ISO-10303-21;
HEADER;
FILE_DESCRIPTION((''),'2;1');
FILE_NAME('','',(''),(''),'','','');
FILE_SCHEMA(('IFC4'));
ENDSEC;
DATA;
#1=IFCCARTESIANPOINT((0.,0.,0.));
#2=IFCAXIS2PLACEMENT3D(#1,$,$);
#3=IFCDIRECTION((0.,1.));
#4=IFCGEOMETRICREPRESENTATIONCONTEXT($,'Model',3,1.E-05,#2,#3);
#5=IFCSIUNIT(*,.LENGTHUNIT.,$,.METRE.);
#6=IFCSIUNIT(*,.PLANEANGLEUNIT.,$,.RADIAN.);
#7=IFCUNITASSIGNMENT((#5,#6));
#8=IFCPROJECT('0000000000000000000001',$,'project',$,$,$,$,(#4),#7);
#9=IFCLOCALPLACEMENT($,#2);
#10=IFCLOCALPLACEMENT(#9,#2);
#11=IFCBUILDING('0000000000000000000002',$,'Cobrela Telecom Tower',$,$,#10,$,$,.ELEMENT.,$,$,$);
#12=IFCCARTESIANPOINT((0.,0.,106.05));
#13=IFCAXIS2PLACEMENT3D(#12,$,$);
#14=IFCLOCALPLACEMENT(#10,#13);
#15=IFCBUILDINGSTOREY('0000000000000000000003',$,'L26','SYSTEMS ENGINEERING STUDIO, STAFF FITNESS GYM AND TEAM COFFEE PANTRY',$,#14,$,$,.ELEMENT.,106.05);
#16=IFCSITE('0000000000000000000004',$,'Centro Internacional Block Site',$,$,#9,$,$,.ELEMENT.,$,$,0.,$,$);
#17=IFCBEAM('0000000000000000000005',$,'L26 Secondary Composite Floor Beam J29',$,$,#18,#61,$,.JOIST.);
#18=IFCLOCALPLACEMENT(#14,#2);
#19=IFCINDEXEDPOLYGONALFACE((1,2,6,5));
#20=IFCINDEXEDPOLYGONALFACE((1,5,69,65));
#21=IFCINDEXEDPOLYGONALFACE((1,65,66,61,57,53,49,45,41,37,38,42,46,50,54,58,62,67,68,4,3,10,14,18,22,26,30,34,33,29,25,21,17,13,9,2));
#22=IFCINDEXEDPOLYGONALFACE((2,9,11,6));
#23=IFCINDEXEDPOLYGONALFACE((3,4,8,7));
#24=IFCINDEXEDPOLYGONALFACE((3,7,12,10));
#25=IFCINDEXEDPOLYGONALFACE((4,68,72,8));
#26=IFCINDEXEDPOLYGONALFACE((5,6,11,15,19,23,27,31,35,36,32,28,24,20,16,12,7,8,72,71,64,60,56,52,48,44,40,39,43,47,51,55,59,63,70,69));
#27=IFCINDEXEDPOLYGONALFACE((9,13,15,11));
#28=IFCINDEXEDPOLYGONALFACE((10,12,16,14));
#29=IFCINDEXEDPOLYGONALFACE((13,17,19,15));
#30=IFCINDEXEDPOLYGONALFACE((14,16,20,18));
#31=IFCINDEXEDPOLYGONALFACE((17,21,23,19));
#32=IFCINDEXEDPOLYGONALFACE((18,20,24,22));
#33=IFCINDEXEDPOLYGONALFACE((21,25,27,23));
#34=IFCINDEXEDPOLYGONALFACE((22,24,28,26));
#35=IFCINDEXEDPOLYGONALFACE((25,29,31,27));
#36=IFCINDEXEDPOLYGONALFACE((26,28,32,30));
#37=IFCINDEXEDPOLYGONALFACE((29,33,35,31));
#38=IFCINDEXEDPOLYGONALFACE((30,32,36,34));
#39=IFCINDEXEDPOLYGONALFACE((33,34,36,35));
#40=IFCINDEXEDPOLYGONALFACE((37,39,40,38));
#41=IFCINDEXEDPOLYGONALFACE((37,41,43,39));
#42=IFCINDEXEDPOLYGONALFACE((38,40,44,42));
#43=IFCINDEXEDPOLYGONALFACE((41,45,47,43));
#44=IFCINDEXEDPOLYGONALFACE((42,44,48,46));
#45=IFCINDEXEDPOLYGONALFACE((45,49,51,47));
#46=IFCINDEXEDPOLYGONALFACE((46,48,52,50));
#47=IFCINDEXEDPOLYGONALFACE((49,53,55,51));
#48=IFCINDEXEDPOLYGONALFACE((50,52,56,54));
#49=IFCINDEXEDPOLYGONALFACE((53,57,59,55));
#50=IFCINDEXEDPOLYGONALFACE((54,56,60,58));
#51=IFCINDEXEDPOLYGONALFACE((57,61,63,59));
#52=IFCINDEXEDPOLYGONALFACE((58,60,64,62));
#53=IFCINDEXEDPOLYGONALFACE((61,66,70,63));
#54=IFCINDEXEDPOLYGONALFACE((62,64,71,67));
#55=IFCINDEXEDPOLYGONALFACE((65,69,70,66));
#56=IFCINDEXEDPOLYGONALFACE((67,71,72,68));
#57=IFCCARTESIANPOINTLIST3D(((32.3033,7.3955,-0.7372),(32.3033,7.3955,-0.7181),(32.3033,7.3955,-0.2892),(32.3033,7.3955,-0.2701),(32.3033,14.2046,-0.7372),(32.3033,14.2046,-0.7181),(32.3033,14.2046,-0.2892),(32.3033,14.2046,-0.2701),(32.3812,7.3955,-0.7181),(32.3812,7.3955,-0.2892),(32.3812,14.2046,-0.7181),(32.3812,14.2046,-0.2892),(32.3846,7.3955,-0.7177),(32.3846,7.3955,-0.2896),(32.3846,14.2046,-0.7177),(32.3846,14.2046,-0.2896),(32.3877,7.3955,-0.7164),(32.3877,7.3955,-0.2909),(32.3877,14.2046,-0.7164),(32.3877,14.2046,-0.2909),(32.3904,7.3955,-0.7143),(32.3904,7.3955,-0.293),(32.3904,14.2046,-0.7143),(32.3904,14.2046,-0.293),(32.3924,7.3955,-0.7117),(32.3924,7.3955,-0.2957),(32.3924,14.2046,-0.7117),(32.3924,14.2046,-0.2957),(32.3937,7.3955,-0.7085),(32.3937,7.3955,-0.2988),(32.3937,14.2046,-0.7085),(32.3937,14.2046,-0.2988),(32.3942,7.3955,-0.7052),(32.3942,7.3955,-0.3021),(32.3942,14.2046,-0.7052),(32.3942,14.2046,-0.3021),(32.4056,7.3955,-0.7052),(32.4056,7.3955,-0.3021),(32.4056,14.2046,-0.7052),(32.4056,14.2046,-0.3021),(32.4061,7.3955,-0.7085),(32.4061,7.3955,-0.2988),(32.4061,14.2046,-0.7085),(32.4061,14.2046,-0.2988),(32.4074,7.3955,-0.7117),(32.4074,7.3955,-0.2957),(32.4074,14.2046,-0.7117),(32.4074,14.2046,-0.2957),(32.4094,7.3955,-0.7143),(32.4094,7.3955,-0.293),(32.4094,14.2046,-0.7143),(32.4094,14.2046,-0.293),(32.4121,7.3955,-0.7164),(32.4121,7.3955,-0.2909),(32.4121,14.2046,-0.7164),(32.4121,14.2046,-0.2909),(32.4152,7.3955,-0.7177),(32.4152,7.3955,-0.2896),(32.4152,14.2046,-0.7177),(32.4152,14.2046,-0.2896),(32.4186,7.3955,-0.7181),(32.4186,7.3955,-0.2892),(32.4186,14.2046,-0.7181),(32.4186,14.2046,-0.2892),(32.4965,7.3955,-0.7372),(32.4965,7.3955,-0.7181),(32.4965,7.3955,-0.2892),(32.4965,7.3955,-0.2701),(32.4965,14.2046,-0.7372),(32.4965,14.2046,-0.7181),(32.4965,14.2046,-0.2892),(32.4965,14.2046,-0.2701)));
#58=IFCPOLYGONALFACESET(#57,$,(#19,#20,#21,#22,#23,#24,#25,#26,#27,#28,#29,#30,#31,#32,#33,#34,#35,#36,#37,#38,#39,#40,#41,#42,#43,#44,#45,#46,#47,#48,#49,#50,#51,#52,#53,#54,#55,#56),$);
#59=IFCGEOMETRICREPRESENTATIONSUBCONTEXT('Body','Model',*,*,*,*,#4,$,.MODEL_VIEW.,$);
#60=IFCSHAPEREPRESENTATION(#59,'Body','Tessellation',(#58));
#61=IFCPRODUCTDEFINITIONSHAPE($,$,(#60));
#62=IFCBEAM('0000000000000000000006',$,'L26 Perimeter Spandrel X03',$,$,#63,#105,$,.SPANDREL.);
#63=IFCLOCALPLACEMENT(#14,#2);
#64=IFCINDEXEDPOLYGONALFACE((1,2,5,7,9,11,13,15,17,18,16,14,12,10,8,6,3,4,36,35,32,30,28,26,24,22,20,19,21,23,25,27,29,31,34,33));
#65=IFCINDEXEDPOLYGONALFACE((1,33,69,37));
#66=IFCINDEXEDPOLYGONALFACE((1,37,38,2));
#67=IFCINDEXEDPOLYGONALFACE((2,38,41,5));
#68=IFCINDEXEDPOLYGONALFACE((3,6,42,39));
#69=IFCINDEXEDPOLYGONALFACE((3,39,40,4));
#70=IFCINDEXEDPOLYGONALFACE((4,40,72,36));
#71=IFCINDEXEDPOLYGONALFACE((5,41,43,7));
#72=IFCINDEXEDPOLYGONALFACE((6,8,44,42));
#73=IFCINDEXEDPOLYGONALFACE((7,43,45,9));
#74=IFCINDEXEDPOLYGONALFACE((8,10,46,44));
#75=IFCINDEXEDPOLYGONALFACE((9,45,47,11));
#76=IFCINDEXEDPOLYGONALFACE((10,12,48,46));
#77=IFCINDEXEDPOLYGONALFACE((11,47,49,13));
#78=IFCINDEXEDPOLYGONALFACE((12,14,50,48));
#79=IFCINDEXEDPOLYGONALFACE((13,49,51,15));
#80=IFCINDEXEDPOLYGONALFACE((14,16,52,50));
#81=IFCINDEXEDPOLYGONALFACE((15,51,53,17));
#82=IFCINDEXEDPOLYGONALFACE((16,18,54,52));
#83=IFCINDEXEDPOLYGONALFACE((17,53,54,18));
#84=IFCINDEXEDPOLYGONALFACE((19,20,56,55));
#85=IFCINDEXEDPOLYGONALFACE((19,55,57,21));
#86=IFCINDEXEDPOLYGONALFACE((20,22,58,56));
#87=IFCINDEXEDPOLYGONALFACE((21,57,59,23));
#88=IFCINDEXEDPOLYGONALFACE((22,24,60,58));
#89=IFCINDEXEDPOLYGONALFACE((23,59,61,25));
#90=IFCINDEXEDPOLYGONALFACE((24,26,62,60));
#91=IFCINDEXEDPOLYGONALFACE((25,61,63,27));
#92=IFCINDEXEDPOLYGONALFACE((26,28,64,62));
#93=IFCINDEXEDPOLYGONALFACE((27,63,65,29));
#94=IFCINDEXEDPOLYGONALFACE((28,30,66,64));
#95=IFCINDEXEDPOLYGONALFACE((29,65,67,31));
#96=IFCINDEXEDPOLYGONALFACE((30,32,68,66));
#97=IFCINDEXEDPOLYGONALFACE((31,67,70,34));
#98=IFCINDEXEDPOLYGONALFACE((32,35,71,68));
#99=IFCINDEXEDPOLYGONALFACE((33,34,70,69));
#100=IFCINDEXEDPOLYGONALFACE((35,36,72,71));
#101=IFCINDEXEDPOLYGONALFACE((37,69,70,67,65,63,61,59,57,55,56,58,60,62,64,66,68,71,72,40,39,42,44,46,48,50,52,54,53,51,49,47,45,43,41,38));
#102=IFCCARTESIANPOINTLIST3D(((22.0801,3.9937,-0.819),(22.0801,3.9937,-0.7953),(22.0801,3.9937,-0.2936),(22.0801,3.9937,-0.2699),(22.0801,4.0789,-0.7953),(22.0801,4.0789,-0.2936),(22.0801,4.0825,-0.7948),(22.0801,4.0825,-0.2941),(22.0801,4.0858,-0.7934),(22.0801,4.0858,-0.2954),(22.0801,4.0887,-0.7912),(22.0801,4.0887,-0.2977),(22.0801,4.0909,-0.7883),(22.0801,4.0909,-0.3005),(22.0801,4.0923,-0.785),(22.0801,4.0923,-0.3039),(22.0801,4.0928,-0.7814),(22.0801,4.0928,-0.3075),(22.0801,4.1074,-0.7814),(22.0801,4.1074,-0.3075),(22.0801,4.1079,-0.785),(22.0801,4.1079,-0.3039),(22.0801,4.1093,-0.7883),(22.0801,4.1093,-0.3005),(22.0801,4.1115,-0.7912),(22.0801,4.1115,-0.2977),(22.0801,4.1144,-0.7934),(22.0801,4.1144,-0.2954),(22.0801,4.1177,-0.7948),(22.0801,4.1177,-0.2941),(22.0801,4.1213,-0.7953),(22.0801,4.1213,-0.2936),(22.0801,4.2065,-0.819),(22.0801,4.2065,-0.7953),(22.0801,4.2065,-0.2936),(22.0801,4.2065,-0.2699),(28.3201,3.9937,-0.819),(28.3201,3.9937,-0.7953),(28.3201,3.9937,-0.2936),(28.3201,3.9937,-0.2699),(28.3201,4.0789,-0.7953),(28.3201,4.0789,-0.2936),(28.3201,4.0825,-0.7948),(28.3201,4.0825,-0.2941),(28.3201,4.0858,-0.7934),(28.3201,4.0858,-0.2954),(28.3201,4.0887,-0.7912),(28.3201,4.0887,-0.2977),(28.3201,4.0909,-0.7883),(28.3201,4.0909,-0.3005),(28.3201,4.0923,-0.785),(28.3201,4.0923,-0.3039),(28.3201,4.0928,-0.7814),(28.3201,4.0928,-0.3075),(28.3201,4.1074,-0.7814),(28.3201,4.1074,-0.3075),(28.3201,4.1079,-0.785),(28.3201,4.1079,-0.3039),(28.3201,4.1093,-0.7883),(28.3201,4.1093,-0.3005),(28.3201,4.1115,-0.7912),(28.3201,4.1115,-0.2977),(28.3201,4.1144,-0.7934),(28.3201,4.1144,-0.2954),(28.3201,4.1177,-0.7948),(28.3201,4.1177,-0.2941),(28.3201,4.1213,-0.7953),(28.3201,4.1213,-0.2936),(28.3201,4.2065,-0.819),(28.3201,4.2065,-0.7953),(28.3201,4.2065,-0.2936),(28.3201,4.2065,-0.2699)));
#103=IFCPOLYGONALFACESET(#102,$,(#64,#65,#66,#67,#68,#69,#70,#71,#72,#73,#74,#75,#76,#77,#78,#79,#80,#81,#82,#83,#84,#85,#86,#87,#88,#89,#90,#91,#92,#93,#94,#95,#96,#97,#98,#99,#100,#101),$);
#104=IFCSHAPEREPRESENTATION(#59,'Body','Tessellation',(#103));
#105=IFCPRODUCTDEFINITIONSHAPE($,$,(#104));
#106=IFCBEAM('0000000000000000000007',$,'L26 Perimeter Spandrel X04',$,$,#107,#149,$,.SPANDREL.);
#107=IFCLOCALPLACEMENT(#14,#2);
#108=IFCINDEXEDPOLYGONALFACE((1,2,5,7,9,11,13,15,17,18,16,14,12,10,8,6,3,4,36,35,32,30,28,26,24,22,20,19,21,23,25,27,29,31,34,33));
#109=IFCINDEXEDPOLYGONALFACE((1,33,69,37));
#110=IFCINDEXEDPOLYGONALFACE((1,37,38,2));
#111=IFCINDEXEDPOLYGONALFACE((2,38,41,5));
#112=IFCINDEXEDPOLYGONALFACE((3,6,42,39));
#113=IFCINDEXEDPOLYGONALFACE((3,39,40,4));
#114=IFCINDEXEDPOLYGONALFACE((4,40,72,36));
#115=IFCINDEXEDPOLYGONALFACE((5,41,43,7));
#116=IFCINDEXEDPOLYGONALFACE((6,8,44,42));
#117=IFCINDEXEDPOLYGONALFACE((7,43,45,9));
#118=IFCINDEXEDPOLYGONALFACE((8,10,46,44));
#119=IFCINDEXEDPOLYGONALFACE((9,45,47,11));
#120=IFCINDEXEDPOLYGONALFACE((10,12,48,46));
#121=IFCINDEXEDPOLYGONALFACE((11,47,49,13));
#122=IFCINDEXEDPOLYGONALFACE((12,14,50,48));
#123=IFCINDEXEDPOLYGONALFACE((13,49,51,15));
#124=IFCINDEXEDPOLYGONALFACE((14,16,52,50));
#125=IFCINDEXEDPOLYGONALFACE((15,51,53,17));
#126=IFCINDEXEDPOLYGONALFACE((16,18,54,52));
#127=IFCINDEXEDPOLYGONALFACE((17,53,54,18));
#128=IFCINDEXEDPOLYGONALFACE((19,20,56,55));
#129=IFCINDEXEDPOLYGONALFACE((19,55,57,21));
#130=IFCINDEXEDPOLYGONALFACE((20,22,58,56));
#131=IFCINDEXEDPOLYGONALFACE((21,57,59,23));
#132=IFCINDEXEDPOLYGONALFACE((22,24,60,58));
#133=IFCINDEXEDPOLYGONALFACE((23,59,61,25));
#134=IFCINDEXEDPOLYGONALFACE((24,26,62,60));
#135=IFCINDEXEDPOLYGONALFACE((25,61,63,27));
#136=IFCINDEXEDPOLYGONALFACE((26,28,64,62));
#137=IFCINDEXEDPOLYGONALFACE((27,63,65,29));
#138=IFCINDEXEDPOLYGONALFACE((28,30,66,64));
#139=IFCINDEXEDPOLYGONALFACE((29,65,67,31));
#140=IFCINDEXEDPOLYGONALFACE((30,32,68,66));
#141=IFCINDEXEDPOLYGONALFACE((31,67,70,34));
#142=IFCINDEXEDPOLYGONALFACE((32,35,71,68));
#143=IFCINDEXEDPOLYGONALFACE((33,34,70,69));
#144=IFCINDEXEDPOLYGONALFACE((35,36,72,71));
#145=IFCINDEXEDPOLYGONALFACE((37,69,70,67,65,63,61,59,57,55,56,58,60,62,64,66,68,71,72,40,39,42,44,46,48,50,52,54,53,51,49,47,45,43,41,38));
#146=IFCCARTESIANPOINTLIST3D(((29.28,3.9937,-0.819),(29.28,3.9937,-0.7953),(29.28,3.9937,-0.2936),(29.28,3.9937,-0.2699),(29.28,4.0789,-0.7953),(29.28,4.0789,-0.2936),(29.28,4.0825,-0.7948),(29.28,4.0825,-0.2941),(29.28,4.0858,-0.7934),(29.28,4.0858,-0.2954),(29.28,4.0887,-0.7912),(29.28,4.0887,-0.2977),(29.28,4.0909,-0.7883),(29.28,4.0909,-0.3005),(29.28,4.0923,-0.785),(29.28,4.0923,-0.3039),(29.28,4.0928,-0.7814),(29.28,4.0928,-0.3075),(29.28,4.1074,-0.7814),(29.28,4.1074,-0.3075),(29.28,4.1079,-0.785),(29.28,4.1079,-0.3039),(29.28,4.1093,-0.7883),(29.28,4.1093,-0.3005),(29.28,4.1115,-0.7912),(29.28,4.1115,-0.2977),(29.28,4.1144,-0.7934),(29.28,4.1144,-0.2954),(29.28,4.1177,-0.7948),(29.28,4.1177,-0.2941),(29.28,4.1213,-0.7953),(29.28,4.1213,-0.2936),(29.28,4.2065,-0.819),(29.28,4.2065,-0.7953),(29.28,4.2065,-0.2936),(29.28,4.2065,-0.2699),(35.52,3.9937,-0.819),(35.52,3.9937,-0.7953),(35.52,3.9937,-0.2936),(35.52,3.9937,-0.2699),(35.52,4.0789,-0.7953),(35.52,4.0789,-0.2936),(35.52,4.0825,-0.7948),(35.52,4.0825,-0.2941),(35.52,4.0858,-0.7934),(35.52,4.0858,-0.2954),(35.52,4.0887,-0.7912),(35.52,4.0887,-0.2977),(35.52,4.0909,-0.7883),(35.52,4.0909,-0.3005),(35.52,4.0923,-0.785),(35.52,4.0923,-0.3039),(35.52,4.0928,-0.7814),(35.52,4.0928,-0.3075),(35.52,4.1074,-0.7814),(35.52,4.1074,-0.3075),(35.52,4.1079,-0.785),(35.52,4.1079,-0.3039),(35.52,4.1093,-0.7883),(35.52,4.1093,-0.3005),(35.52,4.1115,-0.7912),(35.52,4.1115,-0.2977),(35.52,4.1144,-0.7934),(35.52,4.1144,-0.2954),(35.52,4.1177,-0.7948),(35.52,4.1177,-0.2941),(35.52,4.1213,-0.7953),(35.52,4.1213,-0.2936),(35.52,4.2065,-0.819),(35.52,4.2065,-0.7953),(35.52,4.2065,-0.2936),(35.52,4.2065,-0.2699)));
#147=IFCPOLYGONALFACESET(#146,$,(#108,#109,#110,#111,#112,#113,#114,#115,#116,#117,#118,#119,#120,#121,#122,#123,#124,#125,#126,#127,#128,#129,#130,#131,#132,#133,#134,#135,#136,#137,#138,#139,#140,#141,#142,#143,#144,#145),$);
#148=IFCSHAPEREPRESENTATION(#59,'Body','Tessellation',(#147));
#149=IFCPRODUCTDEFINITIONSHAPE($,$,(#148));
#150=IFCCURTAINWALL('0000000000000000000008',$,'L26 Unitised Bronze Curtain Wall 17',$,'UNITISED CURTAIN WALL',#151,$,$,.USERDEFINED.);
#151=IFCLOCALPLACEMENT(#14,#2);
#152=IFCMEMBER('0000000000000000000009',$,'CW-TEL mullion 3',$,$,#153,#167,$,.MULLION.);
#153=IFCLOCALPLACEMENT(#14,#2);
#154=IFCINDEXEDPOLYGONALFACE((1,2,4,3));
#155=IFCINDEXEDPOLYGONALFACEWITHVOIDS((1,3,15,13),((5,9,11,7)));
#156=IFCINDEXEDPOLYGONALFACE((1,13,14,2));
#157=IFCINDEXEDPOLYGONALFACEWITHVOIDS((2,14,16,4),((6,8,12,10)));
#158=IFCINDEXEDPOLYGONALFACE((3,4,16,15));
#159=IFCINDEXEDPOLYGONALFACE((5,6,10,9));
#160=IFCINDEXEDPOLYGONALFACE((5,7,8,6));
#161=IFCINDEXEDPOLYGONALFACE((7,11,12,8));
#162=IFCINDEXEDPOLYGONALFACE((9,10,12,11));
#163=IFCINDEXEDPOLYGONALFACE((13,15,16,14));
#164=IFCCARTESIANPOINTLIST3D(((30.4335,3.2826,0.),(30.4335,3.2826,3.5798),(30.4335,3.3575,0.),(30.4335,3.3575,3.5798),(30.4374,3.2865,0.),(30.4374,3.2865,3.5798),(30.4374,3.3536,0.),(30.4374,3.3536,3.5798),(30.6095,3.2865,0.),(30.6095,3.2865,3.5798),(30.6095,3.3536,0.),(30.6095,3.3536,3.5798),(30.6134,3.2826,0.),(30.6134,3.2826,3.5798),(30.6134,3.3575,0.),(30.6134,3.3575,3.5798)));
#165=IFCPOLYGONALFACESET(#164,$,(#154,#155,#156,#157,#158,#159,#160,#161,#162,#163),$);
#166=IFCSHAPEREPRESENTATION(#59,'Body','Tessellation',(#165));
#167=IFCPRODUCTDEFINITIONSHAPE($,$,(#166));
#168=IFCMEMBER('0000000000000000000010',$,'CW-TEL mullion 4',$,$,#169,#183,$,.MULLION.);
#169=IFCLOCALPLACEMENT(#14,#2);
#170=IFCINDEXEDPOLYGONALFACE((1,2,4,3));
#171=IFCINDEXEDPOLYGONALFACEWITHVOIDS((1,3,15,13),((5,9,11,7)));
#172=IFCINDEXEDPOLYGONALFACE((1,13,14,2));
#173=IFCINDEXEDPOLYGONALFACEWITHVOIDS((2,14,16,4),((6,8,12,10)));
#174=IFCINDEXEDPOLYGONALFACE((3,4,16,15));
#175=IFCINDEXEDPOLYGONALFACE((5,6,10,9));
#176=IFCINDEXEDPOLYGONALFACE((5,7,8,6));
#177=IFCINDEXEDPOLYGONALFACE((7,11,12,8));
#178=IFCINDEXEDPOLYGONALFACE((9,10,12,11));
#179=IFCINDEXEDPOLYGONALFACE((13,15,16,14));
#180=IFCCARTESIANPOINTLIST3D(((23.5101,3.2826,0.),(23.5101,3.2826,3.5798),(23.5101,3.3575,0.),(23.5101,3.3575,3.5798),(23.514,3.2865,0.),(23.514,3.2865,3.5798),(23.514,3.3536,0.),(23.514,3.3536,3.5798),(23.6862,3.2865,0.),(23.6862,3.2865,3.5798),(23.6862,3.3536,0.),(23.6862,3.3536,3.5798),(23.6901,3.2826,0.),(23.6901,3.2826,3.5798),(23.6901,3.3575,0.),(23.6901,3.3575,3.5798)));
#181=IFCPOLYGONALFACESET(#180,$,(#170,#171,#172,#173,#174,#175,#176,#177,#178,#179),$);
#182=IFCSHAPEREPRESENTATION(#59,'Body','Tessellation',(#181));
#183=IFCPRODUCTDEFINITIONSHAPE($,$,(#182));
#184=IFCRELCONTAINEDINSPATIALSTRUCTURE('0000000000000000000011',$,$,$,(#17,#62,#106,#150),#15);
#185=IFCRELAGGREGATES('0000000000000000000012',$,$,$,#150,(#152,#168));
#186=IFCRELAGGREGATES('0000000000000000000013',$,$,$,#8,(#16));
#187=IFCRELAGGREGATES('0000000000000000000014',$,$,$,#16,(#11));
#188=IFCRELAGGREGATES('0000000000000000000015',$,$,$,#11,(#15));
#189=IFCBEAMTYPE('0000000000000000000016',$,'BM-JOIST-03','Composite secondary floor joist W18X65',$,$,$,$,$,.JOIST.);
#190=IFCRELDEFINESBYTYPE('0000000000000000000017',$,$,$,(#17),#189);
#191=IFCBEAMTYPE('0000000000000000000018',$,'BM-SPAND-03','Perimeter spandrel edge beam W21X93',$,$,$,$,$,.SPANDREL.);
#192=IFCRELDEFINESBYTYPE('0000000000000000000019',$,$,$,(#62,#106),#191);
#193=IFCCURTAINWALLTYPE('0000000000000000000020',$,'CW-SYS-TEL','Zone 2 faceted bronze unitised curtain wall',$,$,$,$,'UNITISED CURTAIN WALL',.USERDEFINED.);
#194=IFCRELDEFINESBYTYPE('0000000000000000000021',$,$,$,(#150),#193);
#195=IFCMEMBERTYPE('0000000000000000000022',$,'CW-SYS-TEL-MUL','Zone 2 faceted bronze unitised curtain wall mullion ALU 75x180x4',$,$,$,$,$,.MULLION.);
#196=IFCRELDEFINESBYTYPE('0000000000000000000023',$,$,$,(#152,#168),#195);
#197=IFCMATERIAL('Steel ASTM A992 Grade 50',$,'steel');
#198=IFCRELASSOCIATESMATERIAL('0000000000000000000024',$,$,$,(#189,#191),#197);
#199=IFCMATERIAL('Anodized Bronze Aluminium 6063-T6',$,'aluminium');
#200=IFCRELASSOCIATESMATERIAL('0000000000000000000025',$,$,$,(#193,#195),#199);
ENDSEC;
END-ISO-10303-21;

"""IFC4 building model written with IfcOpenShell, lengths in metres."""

from ifc_helpers import new_model, si_unit, direction, frame, origin, origin_2d, place, context, subcontext, project, spatial, hollow_rectangle, i_section, extrude, material, material_profile, profile_set, type_object, element, aggregate, save


model = new_model("IFC4")

# Units and contexts
model_context = context("Model", 3, precision=1e-05, world=origin(), true_north=direction((0.0, 1.0)))
body_context = subcontext(model_context, "Body", "Model", "MODEL_VIEW")
ifc_project = project(units=[si_unit("LENGTHUNIT", "METRE"), si_unit("PLANEANGLEUNIT", "RADIAN")], contexts=[model_context])

# Site, building, storey
site_placement = place(None, origin())
site = spatial("IfcSite", under=ifc_project, at=site_placement, Name="Centro Internacional Block Site", CompositionType="ELEMENT", RefElevation=0.0)
building_placement = place(site_placement, origin())
building = spatial("IfcBuilding", under=site, at=building_placement, Name="Cobrela Telecom Tower", CompositionType="ELEMENT")
storey_placement = place(building_placement, frame((0.0, 0.0, 106.05)))
storey = spatial("IfcBuildingStorey", under=building, at=storey_placement, Name="L26", Description="SYSTEMS ENGINEERING STUDIO, STAFF FITNESS GYM AND TEAM COFFEE PANTRY", CompositionType="ELEMENT", Elevation=106.05)

# Shared definitions
ifc_material_1 = material(Name="Steel ASTM A992 Grade 50", Category="steel")

# Beams
ifc_material_profile_1 = material_profile(ifc_material_1, i_section(OverallWidth=0.1931, OverallDepth=0.467, WebThickness=0.0115, FlangeThickness=0.019, FilletRadius=0.0129, at=origin_2d()), Name="W18X65")
ifc_profile_set_1 = profile_set([ifc_material_profile_1], Name="Steel ASTM A992 Grade 50")
beam_type_1 = type_object("IfcBeamType", Name="BM-JOIST-03", Description="Composite secondary floor joist W18X65", PredefinedType="JOIST", material=ifc_profile_set_1)
for number, where, z_axis, x_axis, name in (
    (1, (32.3999, 7.3955, -0.5037), (0.0, 1.0, 0.0), (-1.0, 0.0, 0.0), "L26 Secondary Composite Floor Beam J29"),
):
    element("IfcBeam", number, at=place(storey_placement, frame(where, z_axis=z_axis, x_axis=x_axis)), inside=storey, type_object=beam_type_1, Name=name, PredefinedType="JOIST", context=body_context, shape_type="SweptSolid", body=[
        extrude(i_section(OverallWidth=0.1931, OverallDepth=0.467, WebThickness=0.0115, FlangeThickness=0.019, FilletRadius=0.0129, at=origin_2d()), origin(), (0.0, 0.0, 1.0), 6.8091),
    ])
ifc_material_profile_2 = material_profile(ifc_material_1, i_section(OverallWidth=0.2129, OverallDepth=0.5491, WebThickness=0.0146, FlangeThickness=0.0237, FilletRadius=0.0139, at=origin_2d()), Name="W21X93")
ifc_profile_set_2 = profile_set([ifc_material_profile_2], Name="Steel ASTM A992 Grade 50")
beam_type_2 = type_object("IfcBeamType", Name="BM-SPAND-03", Description="Perimeter spandrel edge beam W21X93", PredefinedType="SPANDREL", material=ifc_profile_set_2)
for number, where, z_axis, x_axis, name in (
    (2, (22.0801, 4.1001, -0.5444), (1.0, 0.0, 0.0), (0.0, 1.0, 0.0), "L26 Perimeter Spandrel X03"),
    (3, (29.28, 4.1001, -0.5444), (1.0, 0.0, 0.0), (0.0, 1.0, 0.0), "L26 Perimeter Spandrel X04"),
):
    element("IfcBeam", number, at=place(storey_placement, frame(where, z_axis=z_axis, x_axis=x_axis)), inside=storey, type_object=beam_type_2, Name=name, PredefinedType="SPANDREL", context=body_context, shape_type="SweptSolid", body=[
        extrude(i_section(OverallWidth=0.2129, OverallDepth=0.5491, WebThickness=0.0146, FlangeThickness=0.0237, FilletRadius=0.0139, at=origin_2d()), origin(), (0.0, 0.0, 1.0), 6.24),
    ])

# Curtain wall, members
ifc_material_2 = material(Name="Anodized Bronze Aluminium 6063-T6", Category="aluminium")
curtain_wall_type = type_object("IfcCurtainWallType", Name="CW-SYS-TEL", Description="Zone 2 faceted bronze unitised curtain wall", ElementType="UNITISED CURTAIN WALL", PredefinedType="USERDEFINED", material=ifc_material_2)
curtain_wall_placement = place(storey_placement, origin())
curtain_wall = element("IfcCurtainWall", 4, at=curtain_wall_placement, inside=storey, type_object=curtain_wall_type, Name="L26 Unitised Bronze Curtain Wall 17", ObjectType="UNITISED CURTAIN WALL", PredefinedType="USERDEFINED")
ifc_material_profile_3 = material_profile(ifc_material_2, hollow_rectangle(XDim=0.075, YDim=0.1799, WallThickness=0.0039, at=origin_2d()), Name="ALU 75x180x4")
ifc_profile_set_3 = profile_set([ifc_material_profile_3], Name="Anodized Bronze Aluminium 6063-T6")
member_type_1 = type_object("IfcMemberType", Name="CW-SYS-TEL-MUL", Description="Zone 2 faceted bronze unitised curtain wall mullion ALU 75x180x4", PredefinedType="MULLION", material=ifc_profile_set_3)
member_1_placement = place(storey_placement, frame((30.5234, 3.3201, 0.0), z_axis=(0.0, 0.0, 1.0), x_axis=(0.0, -1.0, 0.0)))
member_1 = element("IfcMember", 5, at=member_1_placement, type_object=member_type_1, Name="CW-TEL mullion 3", PredefinedType="MULLION", context=body_context, shape_type="SweptSolid", body=[
    extrude(hollow_rectangle(XDim=0.075, YDim=0.1799, WallThickness=0.0039, at=origin_2d()), origin(), (0.0, 0.0, 1.0), 3.5798),
])
member_2_placement = place(storey_placement, frame((23.6001, 3.3201, 0.0), z_axis=(0.0, 0.0, 1.0), x_axis=(0.0, -1.0, 0.0)))
member_2 = element("IfcMember", 6, at=member_2_placement, type_object=member_type_1, Name="CW-TEL mullion 4", PredefinedType="MULLION", context=body_context, shape_type="SweptSolid", body=[
    extrude(hollow_rectangle(XDim=0.075, YDim=0.1799, WallThickness=0.0039, at=origin_2d()), origin(), (0.0, 0.0, 1.0), 3.5798),
])
aggregate(curtain_wall, [member_1, member_2])

save(model, "model.ifc")
